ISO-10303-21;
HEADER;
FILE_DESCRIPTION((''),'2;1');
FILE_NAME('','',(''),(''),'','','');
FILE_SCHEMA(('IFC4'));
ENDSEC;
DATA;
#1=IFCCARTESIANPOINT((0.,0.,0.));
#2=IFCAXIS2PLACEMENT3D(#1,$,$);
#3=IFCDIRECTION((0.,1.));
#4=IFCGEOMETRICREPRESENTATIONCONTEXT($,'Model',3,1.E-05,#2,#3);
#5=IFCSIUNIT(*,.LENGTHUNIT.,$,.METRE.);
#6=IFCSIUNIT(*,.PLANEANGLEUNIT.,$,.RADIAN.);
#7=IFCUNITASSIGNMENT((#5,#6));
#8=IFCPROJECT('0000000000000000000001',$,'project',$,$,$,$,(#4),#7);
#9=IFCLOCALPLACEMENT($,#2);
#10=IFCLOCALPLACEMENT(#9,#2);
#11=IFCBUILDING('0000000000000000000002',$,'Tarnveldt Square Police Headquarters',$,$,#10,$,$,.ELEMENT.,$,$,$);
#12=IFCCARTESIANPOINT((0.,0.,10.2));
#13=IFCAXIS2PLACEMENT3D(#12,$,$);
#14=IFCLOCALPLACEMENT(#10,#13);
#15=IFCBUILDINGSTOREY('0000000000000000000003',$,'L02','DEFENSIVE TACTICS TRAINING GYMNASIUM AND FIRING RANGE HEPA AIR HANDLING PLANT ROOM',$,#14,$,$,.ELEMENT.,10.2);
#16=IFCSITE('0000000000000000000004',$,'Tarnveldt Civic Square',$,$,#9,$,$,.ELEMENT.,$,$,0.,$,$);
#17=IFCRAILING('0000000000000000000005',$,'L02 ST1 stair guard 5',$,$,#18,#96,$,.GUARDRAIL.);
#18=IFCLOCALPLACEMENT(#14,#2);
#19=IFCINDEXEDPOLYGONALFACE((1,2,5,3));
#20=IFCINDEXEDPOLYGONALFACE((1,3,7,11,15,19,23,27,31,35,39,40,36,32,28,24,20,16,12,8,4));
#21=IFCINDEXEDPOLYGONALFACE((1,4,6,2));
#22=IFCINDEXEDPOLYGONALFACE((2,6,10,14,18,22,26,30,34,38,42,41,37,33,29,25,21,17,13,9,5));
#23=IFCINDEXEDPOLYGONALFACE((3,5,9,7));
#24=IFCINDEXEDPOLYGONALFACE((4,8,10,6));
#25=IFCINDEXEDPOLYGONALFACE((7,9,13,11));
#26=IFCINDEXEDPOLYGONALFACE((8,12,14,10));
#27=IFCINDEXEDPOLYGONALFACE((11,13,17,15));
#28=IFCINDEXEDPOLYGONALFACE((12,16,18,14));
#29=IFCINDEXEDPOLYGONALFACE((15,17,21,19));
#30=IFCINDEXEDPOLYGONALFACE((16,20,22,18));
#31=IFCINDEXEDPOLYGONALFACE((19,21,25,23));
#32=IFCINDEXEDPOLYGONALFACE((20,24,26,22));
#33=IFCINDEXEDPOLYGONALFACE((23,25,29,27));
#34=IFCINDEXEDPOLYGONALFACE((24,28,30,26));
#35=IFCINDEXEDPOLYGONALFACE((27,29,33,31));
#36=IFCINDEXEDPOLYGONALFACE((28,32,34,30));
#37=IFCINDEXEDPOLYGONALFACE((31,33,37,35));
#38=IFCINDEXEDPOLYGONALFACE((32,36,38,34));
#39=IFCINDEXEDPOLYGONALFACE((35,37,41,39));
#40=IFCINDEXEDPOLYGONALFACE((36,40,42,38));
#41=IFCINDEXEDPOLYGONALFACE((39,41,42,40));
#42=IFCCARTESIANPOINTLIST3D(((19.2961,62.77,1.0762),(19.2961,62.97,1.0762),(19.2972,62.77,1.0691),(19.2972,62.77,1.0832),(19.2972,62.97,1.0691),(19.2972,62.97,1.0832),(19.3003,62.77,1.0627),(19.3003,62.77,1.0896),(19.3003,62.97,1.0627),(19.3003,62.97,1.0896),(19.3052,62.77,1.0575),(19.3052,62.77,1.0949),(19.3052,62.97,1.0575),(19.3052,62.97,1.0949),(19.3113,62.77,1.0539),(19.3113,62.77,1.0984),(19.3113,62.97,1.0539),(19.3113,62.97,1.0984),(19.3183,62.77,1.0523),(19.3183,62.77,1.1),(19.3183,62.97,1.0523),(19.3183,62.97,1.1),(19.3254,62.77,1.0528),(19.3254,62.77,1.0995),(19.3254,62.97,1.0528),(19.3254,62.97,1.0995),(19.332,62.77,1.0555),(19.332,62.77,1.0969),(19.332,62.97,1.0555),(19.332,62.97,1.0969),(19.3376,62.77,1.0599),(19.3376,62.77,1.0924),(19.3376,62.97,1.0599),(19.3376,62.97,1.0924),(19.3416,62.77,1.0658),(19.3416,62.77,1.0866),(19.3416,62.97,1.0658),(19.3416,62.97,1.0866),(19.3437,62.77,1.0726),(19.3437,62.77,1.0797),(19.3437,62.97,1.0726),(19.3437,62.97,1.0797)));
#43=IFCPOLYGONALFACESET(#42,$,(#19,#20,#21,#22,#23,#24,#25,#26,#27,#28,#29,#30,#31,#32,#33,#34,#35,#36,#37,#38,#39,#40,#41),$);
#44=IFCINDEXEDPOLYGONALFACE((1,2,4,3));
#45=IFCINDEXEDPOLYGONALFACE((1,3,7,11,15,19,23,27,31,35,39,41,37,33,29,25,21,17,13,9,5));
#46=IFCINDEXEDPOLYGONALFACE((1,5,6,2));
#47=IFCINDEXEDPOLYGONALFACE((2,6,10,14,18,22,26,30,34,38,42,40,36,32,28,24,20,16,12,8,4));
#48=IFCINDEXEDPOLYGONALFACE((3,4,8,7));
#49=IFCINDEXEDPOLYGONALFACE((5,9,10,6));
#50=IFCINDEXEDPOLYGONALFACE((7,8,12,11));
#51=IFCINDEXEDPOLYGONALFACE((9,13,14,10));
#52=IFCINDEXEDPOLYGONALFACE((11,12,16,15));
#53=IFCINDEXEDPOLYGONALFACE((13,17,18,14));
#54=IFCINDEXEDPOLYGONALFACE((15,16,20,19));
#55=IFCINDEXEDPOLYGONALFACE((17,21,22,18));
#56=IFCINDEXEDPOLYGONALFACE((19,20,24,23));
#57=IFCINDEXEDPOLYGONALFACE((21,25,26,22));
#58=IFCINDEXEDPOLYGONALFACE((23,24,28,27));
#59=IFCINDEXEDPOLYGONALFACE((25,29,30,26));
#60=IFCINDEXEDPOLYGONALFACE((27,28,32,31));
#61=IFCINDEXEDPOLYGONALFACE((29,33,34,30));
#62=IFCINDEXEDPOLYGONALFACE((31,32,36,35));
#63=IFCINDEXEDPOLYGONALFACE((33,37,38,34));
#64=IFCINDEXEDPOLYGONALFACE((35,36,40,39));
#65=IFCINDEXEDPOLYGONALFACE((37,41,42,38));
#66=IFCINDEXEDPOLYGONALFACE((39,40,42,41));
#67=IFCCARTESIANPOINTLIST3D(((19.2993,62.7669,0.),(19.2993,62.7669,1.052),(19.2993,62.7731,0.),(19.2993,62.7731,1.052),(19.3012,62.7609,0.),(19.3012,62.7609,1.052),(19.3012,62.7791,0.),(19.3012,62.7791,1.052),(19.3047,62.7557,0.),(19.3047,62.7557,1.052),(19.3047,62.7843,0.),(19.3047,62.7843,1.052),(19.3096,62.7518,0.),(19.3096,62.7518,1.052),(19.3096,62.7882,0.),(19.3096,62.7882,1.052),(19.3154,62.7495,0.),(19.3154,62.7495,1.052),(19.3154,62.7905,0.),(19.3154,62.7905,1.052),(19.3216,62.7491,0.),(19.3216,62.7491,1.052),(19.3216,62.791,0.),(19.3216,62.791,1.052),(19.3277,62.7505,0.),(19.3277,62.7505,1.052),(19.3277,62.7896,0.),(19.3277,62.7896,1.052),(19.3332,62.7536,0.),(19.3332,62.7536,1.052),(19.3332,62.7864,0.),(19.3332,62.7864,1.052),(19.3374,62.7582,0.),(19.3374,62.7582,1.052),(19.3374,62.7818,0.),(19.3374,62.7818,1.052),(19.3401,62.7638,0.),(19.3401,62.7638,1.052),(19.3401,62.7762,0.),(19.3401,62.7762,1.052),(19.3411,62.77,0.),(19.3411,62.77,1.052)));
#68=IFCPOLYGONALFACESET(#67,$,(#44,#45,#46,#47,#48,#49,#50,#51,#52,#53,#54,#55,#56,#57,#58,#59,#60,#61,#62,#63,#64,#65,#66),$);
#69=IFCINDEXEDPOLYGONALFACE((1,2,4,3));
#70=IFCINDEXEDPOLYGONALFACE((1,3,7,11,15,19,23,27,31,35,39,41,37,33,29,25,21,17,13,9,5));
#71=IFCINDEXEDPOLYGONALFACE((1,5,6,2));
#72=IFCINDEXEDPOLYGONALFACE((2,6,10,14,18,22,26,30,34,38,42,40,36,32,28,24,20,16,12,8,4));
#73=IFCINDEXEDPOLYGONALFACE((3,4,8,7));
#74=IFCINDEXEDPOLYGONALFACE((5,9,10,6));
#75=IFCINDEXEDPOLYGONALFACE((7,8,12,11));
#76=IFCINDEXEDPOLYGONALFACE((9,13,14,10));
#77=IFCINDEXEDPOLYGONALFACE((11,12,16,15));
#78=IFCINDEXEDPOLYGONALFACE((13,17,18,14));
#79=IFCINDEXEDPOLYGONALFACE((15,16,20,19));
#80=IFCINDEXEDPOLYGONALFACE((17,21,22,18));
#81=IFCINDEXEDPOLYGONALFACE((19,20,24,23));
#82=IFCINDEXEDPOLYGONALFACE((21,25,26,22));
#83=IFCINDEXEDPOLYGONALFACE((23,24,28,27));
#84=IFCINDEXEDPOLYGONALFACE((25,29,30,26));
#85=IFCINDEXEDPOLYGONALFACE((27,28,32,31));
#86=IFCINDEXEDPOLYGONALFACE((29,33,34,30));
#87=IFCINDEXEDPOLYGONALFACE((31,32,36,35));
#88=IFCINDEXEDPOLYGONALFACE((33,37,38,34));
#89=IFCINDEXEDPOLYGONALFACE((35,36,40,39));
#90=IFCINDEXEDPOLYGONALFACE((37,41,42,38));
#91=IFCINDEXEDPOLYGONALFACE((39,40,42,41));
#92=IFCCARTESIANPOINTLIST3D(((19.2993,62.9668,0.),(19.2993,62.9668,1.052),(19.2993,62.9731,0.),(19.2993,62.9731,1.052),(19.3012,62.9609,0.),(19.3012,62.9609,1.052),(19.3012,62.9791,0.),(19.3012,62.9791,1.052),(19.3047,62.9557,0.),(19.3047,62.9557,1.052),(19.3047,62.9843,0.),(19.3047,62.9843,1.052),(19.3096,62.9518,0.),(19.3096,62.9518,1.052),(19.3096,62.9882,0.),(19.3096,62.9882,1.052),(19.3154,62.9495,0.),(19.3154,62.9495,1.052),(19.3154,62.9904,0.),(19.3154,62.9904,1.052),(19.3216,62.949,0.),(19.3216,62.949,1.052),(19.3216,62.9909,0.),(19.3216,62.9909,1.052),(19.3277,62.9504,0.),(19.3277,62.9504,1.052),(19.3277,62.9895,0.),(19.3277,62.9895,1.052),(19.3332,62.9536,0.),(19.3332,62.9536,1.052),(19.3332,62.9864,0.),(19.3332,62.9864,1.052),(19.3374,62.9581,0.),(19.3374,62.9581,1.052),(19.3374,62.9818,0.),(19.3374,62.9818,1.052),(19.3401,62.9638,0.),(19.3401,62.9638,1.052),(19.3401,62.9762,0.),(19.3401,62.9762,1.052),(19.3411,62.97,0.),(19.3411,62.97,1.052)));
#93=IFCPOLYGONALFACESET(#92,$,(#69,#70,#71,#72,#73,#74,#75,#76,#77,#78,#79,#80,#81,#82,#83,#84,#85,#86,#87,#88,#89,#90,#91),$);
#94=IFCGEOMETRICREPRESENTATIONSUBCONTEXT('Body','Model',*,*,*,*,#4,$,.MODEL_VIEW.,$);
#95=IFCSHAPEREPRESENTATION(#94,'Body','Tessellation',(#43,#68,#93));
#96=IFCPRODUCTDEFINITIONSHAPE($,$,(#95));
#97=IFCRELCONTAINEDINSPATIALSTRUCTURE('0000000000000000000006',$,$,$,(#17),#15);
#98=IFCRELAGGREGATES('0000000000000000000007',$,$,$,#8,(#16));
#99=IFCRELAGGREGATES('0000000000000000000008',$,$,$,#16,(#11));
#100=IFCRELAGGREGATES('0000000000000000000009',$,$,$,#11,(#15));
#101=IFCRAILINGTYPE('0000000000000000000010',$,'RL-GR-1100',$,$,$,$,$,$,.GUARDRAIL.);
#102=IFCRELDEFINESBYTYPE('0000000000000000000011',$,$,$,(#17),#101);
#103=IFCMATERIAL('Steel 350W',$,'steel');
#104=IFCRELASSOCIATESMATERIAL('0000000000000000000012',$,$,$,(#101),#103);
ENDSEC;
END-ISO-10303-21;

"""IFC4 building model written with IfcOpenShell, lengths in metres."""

from ifc_helpers import new_model, si_unit, direction, frame, origin, origin_2d, place, context, subcontext, project, spatial, circle, extrude, material, type_object, element, save


model = new_model("IFC4")

# Units and contexts
model_context = context("Model", 3, precision=1e-05, world=origin(), true_north=direction((0.0, 1.0)))
body_context = subcontext(model_context, "Body", "Model", "MODEL_VIEW")
ifc_project = project(units=[si_unit("LENGTHUNIT", "METRE"), si_unit("PLANEANGLEUNIT", "RADIAN")], contexts=[model_context])

# Site, building, storey
site_placement = place(None, origin())
site = spatial("IfcSite", under=ifc_project, at=site_placement, Name="Tarnveldt Civic Square", CompositionType="ELEMENT", RefElevation=0.0)
building_placement = place(site_placement, origin())
building = spatial("IfcBuilding", under=site, at=building_placement, Name="Tarnveldt Square Police Headquarters", CompositionType="ELEMENT")
storey_placement = place(building_placement, frame((0.0, 0.0, 10.2)))
storey = spatial("IfcBuildingStorey", under=building, at=storey_placement, Name="L02", Description="DEFENSIVE TACTICS TRAINING GYMNASIUM AND FIRING RANGE HEPA AIR HANDLING PLANT ROOM", CompositionType="ELEMENT", Elevation=10.2)

# Shared definitions
ifc_material_1 = material(Name="Steel 350W", Category="steel")

# Railing
railing_type_1 = type_object("IfcRailingType", Name="RL-GR-1100", PredefinedType="GUARDRAIL", material=ifc_material_1)
railing_1_placement = place(storey_placement, frame((19.3201, 62.77, 0.0)))
element("IfcRailing", 1, at=railing_1_placement, inside=storey, type_object=railing_type_1, Name="L02 ST1 stair guard 5", PredefinedType="GUARDRAIL", context=body_context, shape_type="SweptSolid", body=[
    extrude(circle(Radius=0.0239, at=origin_2d()), frame((0.0, 0.0, 1.0762), z_axis=(0.0, 1.0, 0.0), x_axis=(-1.0, 0.0, 0.0)), (0.0, 0.0, 1.0), 0.2),
    extrude(circle(Radius=0.021, at=origin_2d()), origin(), (0.0, 0.0, 1.0), 1.052),
    extrude(circle(Radius=0.021, at=origin_2d()), frame((0.0, 0.2, 0.0)), (0.0, 0.0, 1.0), 1.052),
])

save(model, "model.ifc")
